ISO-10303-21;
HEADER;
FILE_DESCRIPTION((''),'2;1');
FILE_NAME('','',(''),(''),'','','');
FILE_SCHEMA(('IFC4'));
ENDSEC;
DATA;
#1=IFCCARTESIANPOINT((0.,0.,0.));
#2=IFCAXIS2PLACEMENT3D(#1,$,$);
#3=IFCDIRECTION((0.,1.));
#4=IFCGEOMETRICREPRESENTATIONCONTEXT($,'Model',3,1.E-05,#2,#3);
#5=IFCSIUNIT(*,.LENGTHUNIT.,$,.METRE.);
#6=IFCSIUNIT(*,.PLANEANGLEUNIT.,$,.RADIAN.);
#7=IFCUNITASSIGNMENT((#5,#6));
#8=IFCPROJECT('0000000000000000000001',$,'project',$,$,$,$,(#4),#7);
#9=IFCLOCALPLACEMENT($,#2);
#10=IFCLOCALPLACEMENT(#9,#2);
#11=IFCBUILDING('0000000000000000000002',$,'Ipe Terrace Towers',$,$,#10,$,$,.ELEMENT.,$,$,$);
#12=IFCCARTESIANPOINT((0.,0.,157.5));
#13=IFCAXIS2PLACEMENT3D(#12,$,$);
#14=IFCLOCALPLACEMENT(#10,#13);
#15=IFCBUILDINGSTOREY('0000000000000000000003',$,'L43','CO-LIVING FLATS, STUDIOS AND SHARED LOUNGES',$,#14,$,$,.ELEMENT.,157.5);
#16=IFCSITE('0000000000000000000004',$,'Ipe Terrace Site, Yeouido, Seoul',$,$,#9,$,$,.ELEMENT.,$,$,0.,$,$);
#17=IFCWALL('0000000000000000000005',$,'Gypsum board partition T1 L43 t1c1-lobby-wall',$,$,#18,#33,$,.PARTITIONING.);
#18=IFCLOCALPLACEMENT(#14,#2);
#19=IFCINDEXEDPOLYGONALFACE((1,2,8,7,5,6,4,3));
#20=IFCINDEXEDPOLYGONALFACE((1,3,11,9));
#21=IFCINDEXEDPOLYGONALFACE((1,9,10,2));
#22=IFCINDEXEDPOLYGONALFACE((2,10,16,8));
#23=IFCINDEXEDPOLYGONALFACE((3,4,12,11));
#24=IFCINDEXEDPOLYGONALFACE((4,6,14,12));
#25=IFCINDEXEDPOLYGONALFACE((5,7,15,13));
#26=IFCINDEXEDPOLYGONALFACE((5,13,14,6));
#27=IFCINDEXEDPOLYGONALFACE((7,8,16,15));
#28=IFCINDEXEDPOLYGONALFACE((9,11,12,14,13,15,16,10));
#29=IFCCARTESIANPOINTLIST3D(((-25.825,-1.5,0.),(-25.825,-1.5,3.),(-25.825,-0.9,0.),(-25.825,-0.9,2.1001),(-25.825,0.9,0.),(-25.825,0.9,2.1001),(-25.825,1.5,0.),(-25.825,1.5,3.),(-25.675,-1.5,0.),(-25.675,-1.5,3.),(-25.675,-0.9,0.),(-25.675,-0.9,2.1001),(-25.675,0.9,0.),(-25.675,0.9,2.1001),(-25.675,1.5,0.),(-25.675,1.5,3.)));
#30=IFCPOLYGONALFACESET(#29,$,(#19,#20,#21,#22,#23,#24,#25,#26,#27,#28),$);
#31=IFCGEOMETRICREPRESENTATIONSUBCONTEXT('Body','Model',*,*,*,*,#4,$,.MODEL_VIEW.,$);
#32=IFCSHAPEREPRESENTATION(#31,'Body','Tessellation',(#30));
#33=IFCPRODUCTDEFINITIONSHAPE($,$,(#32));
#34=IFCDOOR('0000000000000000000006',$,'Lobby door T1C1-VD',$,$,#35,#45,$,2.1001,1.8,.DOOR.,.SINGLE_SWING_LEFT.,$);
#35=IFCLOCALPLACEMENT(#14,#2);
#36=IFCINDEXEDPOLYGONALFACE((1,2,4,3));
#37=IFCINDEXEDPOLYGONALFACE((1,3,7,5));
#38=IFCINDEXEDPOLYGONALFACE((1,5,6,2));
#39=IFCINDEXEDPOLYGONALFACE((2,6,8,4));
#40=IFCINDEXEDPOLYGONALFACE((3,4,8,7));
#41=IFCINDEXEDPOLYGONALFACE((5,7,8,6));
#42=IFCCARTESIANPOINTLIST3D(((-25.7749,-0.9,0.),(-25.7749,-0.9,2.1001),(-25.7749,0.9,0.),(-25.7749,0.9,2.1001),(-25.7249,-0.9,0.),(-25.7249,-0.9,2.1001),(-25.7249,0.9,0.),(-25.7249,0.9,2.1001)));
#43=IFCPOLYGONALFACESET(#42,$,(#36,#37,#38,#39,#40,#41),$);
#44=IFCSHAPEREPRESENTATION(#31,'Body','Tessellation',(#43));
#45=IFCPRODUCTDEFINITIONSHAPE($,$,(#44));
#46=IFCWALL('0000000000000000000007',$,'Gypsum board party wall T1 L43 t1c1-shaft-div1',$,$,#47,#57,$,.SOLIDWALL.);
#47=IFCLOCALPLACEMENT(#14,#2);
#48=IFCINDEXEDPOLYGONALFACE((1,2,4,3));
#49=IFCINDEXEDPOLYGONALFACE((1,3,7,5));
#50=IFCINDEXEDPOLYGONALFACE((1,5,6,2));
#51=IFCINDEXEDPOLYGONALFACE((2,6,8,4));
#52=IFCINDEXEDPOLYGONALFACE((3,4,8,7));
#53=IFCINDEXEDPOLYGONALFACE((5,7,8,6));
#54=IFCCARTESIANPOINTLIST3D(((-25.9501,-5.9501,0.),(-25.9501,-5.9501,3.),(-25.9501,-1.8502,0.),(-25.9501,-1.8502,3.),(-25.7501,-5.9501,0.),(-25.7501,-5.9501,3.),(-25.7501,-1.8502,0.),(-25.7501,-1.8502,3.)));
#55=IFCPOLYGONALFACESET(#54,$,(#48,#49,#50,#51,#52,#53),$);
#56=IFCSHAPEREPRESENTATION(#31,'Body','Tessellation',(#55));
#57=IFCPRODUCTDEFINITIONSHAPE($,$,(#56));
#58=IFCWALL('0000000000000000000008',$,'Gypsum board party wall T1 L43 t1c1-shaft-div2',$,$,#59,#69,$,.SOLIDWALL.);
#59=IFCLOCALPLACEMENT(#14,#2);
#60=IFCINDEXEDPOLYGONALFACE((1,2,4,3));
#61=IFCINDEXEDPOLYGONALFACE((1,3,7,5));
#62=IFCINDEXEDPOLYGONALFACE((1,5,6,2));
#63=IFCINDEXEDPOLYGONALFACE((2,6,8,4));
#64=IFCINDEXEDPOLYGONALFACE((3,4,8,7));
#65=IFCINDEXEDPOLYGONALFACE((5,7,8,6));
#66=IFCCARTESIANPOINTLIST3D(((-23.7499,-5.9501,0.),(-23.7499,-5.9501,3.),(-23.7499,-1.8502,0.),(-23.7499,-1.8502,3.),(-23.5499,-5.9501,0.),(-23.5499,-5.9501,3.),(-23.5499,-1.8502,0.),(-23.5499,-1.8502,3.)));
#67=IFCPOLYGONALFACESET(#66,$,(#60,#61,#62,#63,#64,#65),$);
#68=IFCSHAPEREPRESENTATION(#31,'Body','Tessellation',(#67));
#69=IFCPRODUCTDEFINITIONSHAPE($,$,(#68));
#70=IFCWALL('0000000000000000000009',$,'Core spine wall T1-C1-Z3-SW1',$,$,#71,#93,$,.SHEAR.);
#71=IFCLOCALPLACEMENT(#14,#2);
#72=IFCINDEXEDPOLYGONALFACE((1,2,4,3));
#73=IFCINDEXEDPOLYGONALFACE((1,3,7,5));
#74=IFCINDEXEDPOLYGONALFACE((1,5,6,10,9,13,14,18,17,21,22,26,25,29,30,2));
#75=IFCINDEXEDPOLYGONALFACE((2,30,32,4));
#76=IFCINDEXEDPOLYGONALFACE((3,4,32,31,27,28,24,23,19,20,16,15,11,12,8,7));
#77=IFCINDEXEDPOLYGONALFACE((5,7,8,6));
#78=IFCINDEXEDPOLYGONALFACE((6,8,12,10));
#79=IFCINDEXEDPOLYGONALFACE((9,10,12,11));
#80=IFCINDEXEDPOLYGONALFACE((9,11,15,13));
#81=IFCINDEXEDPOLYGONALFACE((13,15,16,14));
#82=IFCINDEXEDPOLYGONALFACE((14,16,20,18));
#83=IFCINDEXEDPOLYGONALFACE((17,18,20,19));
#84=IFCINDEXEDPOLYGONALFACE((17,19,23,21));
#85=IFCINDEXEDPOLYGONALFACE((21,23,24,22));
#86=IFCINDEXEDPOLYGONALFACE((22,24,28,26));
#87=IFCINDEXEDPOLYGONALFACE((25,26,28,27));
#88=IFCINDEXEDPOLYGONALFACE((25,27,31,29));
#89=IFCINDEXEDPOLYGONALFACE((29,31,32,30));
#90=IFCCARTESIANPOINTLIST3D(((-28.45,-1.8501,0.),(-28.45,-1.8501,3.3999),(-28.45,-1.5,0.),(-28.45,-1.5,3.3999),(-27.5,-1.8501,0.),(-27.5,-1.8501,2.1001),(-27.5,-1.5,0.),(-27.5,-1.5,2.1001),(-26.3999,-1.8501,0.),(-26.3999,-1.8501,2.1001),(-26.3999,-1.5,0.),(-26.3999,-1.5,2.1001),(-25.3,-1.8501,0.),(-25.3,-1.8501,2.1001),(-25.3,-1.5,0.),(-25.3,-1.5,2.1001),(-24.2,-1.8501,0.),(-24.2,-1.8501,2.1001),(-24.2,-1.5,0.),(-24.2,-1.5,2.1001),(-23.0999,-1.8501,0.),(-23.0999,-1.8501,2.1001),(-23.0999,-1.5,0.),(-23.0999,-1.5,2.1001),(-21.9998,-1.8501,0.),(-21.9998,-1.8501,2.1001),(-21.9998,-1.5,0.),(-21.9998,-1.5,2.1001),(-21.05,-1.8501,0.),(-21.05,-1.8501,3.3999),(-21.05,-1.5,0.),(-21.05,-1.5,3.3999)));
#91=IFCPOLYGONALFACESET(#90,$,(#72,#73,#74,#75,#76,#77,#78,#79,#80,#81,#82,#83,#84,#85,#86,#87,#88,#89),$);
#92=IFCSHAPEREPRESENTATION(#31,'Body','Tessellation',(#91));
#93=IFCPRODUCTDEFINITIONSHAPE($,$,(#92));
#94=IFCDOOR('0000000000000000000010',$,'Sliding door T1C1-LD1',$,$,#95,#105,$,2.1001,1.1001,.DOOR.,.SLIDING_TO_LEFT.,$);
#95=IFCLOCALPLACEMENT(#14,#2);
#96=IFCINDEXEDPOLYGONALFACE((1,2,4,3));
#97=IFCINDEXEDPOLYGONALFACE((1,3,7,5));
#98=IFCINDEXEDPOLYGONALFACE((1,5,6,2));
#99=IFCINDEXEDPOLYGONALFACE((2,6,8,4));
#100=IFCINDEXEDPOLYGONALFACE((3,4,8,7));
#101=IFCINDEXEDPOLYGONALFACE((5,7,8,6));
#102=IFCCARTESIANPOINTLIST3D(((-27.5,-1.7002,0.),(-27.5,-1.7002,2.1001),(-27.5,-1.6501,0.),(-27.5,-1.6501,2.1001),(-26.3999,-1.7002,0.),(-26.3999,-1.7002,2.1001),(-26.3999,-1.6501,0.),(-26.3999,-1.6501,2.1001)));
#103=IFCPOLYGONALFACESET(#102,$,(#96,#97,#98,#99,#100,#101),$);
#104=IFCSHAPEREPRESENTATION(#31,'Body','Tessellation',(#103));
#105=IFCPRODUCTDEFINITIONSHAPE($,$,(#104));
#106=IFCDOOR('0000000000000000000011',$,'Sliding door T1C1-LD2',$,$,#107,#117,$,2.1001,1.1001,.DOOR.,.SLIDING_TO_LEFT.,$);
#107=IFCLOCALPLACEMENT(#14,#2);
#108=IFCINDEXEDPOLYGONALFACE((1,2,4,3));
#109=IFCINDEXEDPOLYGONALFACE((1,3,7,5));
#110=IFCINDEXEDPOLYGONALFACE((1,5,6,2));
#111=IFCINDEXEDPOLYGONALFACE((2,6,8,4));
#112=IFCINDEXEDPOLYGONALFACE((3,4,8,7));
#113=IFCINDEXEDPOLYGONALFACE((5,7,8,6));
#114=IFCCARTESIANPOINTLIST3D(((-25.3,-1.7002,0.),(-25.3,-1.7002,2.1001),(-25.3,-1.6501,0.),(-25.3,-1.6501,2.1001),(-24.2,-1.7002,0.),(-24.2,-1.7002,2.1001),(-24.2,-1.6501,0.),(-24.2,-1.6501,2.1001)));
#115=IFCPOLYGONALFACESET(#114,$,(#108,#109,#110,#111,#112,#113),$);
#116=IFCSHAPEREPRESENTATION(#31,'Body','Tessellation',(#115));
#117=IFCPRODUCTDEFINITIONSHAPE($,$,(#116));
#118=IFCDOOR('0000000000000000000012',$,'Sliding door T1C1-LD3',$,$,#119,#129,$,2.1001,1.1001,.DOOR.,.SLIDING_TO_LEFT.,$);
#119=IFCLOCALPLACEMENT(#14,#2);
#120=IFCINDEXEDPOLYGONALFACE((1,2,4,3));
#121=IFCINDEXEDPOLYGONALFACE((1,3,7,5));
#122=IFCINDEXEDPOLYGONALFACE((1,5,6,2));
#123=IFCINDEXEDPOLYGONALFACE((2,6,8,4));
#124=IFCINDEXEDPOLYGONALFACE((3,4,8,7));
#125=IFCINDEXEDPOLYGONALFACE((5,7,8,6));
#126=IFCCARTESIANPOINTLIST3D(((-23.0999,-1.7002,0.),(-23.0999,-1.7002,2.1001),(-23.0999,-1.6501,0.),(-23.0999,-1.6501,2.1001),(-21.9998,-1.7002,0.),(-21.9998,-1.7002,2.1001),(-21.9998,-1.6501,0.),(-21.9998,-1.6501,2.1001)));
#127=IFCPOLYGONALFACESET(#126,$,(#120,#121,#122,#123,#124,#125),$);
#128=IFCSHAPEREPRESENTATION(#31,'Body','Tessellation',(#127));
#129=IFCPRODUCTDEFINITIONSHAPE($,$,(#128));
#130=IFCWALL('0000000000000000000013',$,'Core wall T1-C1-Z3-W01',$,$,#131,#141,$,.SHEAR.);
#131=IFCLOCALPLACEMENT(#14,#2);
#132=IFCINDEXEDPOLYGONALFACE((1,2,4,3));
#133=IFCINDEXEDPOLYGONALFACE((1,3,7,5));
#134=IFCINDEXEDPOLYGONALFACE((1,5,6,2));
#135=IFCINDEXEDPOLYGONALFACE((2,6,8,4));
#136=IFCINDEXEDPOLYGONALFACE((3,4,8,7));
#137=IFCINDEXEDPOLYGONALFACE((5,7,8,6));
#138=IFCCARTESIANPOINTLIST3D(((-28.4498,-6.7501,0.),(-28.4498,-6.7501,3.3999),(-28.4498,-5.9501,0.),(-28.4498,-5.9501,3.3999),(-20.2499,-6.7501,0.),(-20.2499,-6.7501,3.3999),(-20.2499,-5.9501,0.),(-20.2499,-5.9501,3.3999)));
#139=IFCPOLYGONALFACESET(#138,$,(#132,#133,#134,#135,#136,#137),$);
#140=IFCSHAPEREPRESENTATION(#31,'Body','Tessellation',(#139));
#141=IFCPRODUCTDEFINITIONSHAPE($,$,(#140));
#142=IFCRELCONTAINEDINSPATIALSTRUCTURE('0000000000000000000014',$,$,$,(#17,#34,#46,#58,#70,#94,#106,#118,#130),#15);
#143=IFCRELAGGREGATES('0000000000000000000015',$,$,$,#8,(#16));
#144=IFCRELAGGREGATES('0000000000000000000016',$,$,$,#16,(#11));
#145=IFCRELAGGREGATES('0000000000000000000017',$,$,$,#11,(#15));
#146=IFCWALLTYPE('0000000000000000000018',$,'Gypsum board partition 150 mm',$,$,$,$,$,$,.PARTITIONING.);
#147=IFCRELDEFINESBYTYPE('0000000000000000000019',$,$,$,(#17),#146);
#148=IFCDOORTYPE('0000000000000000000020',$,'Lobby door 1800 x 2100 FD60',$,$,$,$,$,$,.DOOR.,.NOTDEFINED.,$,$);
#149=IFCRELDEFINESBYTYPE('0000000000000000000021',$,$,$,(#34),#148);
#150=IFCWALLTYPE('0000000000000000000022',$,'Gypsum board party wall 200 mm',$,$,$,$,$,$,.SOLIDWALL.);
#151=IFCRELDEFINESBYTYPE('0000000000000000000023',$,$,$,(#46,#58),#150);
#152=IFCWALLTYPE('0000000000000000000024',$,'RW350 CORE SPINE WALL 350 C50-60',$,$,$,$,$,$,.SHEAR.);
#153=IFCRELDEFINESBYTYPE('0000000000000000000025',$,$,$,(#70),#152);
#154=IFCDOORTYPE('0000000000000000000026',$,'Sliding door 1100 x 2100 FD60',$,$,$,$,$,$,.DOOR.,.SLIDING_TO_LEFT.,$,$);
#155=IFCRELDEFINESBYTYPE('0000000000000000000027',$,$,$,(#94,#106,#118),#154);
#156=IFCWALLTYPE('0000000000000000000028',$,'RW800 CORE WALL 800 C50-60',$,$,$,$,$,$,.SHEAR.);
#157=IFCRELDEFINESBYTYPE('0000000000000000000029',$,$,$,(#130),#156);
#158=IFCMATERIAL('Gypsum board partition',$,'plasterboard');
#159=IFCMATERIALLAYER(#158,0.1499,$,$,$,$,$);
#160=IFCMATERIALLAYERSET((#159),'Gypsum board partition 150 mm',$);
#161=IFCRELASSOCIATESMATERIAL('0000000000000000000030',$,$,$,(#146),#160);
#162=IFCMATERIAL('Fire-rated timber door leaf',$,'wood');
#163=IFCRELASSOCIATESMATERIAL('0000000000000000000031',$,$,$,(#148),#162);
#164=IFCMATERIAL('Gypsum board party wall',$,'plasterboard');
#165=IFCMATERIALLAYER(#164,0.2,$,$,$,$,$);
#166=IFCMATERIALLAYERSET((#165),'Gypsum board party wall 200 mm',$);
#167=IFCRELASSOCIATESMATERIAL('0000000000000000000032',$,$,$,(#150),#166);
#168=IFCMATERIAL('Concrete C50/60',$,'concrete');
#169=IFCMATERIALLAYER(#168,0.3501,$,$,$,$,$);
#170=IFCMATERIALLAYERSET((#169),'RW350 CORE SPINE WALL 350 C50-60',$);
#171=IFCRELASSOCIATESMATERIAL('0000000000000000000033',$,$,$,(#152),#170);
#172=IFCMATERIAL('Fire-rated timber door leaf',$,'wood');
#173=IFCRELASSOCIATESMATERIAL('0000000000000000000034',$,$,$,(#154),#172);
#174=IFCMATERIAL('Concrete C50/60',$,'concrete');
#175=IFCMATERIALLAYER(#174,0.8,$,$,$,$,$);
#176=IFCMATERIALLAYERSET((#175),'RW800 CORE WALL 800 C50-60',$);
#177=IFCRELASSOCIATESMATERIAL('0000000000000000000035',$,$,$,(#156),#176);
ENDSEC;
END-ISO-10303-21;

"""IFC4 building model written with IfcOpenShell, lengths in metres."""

from ifc_helpers import new_model, si_unit, direction, frame, frame_2d, origin, place, context, subcontext, project, spatial, rectangle, extrude, material, layer, layer_set, type_object, element, fill, save


model = new_model("IFC4")

# Units and contexts
model_context = context("Model", 3, precision=1e-05, world=origin(), true_north=direction((0.0, 1.0)))
body_context = subcontext(model_context, "Body", "Model", "MODEL_VIEW")
ifc_project = project(units=[si_unit("LENGTHUNIT", "METRE"), si_unit("PLANEANGLEUNIT", "RADIAN")], contexts=[model_context])

# Site, building, storey
site_placement = place(None, origin())
site = spatial("IfcSite", under=ifc_project, at=site_placement, Name="Ipe Terrace Site, Yeouido, Seoul", CompositionType="ELEMENT", RefElevation=0.0)
building_placement = place(site_placement, origin())
building = spatial("IfcBuilding", under=site, at=building_placement, Name="Ipe Terrace Towers", CompositionType="ELEMENT")
storey_placement = place(building_placement, frame((0.0, 0.0, 157.5)))
storey = spatial("IfcBuildingStorey", under=building, at=storey_placement, Name="L43", Description="CO-LIVING FLATS, STUDIOS AND SHARED LOUNGES", CompositionType="ELEMENT", Elevation=157.5)

# Wall, opening, door
ifc_material_1 = material(Name="Gypsum board partition", Category="plasterboard")
ifc_layer_1 = layer(ifc_material_1, 0.1499)
ifc_layer_set_1 = layer_set([ifc_layer_1], Name="Gypsum board partition 150 mm")
wall_type_1 = type_object("IfcWallType", Name="Gypsum board partition 150 mm", PredefinedType="PARTITIONING", material=ifc_layer_set_1)
wall_1_placement = place(storey_placement, frame((-25.75, -1.5, 0.0), z_axis=(0.0, 0.0, 1.0), x_axis=(0.0, 1.0, 0.0)))
wall_1 = element("IfcWall", 1, at=wall_1_placement, inside=storey, type_object=wall_type_1, Name="Gypsum board partition T1 L43 t1c1-lobby-wall", PredefinedType="PARTITIONING", context=body_context, shape_type="SweptSolid", body=[
    extrude(rectangle(XDim=3.0, YDim=0.1499, at=frame_2d((1.5, 0.0))), origin(), (0.0, 0.0, 1.0), 3.0),
])
opening_1_placement = place(wall_1_placement, frame((0.6001, 0.0, 0.0)))
opening_1 = element("IfcOpeningElement", 2, at=opening_1_placement, cuts=wall_1, PredefinedType="OPENING", context=body_context, shape_type="SweptSolid", body=[
    extrude(rectangle(XDim=1.8, YDim=2.1001, at=frame_2d((0.8999, 1.05))), frame((0.0, 0.085, 0.0), z_axis=(0.0, -1.0, 0.0), x_axis=(1.0, 0.0, 0.0)), (0.0, 0.0, 1.0), 0.1699),
])
ifc_material_2 = material(Name="Fire-rated timber door leaf", Category="wood")
door_type_1 = type_object("IfcDoorType", Name="Lobby door 1800 x 2100 FD60", OperationType="NOTDEFINED", PredefinedType="DOOR", material=ifc_material_2)
door_1_placement = place(opening_1_placement, origin())
door_1 = element("IfcDoor", 3, at=door_1_placement, inside=storey, type_object=door_type_1, Name="Lobby door T1C1-VD", OperationType="SINGLE_SWING_LEFT", OverallHeight=2.1001, OverallWidth=1.8, PredefinedType="DOOR", context=body_context, shape_type="SweptSolid", body=[
    extrude(rectangle(XDim=1.8, YDim=2.1001, at=frame_2d((0.8999, 1.05))), frame((0.0, 0.0249, 0.0), z_axis=(0.0, -1.0, 0.0), x_axis=(1.0, 0.0, 0.0)), (0.0, 0.0, 1.0), 0.05),
])
fill(opening_1, door_1)

# Walls
ifc_material_3 = material(Name="Gypsum board party wall", Category="plasterboard")
ifc_layer_2 = layer(ifc_material_3, 0.2)
ifc_layer_set_2 = layer_set([ifc_layer_2], Name="Gypsum board party wall 200 mm")
wall_type_2 = type_object("IfcWallType", Name="Gypsum board party wall 200 mm", PredefinedType="SOLIDWALL", material=ifc_layer_set_2)
for number, where, z_axis, x_axis, name in (
    (4, (-25.8501, -5.95, 0.0), (0.0, 0.0, 1.0), (0.0, 1.0, 0.0), "Gypsum board party wall T1 L43 t1c1-shaft-div1"),
    (5, (-23.6499, -5.95, 0.0), (0.0, 0.0, 1.0), (0.0, 1.0, 0.0), "Gypsum board party wall T1 L43 t1c1-shaft-div2"),
):
    element("IfcWall", number, at=place(storey_placement, frame(where, z_axis=z_axis, x_axis=x_axis)), inside=storey, type_object=wall_type_2, Name=name, PredefinedType="SOLIDWALL", context=body_context, shape_type="SweptSolid", body=[
        extrude(rectangle(XDim=4.0999, YDim=0.2, at=frame_2d((2.0498, 0.0))), origin(), (0.0, 0.0, 1.0), 3.0),
    ])

# Wall, openings, doors
ifc_material_4 = material(Name="Concrete C50/60", Category="concrete")
ifc_layer_3 = layer(ifc_material_4, 0.3501)
ifc_layer_set_3 = layer_set([ifc_layer_3], Name="RW350 CORE SPINE WALL 350 C50-60")
wall_type_3 = type_object("IfcWallType", Name="RW350 CORE SPINE WALL 350 C50-60", PredefinedType="SHEAR", material=ifc_layer_set_3)
wall_2_placement = place(storey_placement, frame((-28.45, -1.675, 0.0), z_axis=(0.0, 0.0, 1.0), x_axis=(1.0, 0.0, 0.0)))
wall_2 = element("IfcWall", 6, at=wall_2_placement, inside=storey, type_object=wall_type_3, Name="Core spine wall T1-C1-Z3-SW1", PredefinedType="SHEAR", context=body_context, shape_type="SweptSolid", body=[
    extrude(rectangle(XDim=7.3999, YDim=0.3501, at=frame_2d((3.7, 0.0))), origin(), (0.0, 0.0, 1.0), 3.3999),
])
opening_2_placement = place(wall_2_placement, frame((0.95, 0.0, 0.0)))
opening_2 = element("IfcOpeningElement", 7, at=opening_2_placement, cuts=wall_2, PredefinedType="OPENING", context=body_context, shape_type="SweptSolid", body=[
    extrude(rectangle(XDim=1.1001, YDim=2.1001, at=frame_2d((0.55, 1.05))), frame((0.0, 0.1851, 0.0), z_axis=(0.0, -1.0, 0.0), x_axis=(1.0, 0.0, 0.0)), (0.0, 0.0, 1.0), 0.3701),
])
opening_3_placement = place(wall_2_placement, frame((3.1499, 0.0, 0.0)))
opening_3 = element("IfcOpeningElement", 8, at=opening_3_placement, cuts=wall_2, PredefinedType="OPENING", context=body_context, shape_type="SweptSolid", body=[
    extrude(rectangle(XDim=1.1001, YDim=2.1001, at=frame_2d((0.55, 1.05))), frame((0.0, 0.1851, 0.0), z_axis=(0.0, -1.0, 0.0), x_axis=(1.0, 0.0, 0.0)), (0.0, 0.0, 1.0), 0.3701),
])
opening_4_placement = place(wall_2_placement, frame((5.3501, 0.0, 0.0)))
opening_4 = element("IfcOpeningElement", 9, at=opening_4_placement, cuts=wall_2, PredefinedType="OPENING", context=body_context, shape_type="SweptSolid", body=[
    extrude(rectangle(XDim=1.1001, YDim=2.1001, at=frame_2d((0.55, 1.05))), frame((0.0, 0.1851, 0.0), z_axis=(0.0, -1.0, 0.0), x_axis=(1.0, 0.0, 0.0)), (0.0, 0.0, 1.0), 0.3701),
])
ifc_material_5 = material(Name="Fire-rated timber door leaf", Category="wood")
door_type_2 = type_object("IfcDoorType", Name="Sliding door 1100 x 2100 FD60", OperationType="SLIDING_TO_LEFT", PredefinedType="DOOR", material=ifc_material_5)
door_2_placement = place(opening_2_placement, origin())
door_2 = element("IfcDoor", 10, at=door_2_placement, inside=storey, type_object=door_type_2, Name="Sliding door T1C1-LD1", OperationType="SLIDING_TO_LEFT", OverallHeight=2.1001, OverallWidth=1.1001, PredefinedType="DOOR", context=body_context, shape_type="SweptSolid", body=[
    extrude(rectangle(XDim=1.1001, YDim=2.1001, at=frame_2d((0.55, 1.05))), frame((0.0, 0.0249, 0.0), z_axis=(0.0, -1.0, 0.0), x_axis=(1.0, 0.0, 0.0)), (0.0, 0.0, 1.0), 0.05),
])
fill(opening_2, door_2)
door_3_placement = place(opening_3_placement, origin())
door_3 = element("IfcDoor", 11, at=door_3_placement, inside=storey, type_object=door_type_2, Name="Sliding door T1C1-LD2", OperationType="SLIDING_TO_LEFT", OverallHeight=2.1001, OverallWidth=1.1001, PredefinedType="DOOR", context=body_context, shape_type="SweptSolid", body=[
    extrude(rectangle(XDim=1.1001, YDim=2.1001, at=frame_2d((0.55, 1.05))), frame((0.0, 0.0249, 0.0), z_axis=(0.0, -1.0, 0.0), x_axis=(1.0, 0.0, 0.0)), (0.0, 0.0, 1.0), 0.05),
])
fill(opening_3, door_3)
door_4_placement = place(opening_4_placement, origin())
door_4 = element("IfcDoor", 12, at=door_4_placement, inside=storey, type_object=door_type_2, Name="Sliding door T1C1-LD3", OperationType="SLIDING_TO_LEFT", OverallHeight=2.1001, OverallWidth=1.1001, PredefinedType="DOOR", context=body_context, shape_type="SweptSolid", body=[
    extrude(rectangle(XDim=1.1001, YDim=2.1001, at=frame_2d((0.55, 1.05))), frame((0.0, 0.0249, 0.0), z_axis=(0.0, -1.0, 0.0), x_axis=(1.0, 0.0, 0.0)), (0.0, 0.0, 1.0), 0.05),
])
fill(opening_4, door_4)

# Wall
ifc_material_6 = material(Name="Concrete C50/60", Category="concrete")
ifc_layer_4 = layer(ifc_material_6, 0.8)
ifc_layer_set_4 = layer_set([ifc_layer_4], Name="RW800 CORE WALL 800 C50-60")
wall_type_4 = type_object("IfcWallType", Name="RW800 CORE WALL 800 C50-60", PredefinedType="SHEAR", material=ifc_layer_set_4)
wall_3_placement = place(storey_placement, frame((-28.45, -6.3501, 0.0), z_axis=(0.0, 0.0, 1.0), x_axis=(1.0, 0.0, 0.0)))
element("IfcWall", 13, at=wall_3_placement, inside=storey, type_object=wall_type_4, Name="Core wall T1-C1-Z3-W01", PredefinedType="SHEAR", context=body_context, shape_type="SweptSolid", body=[
    extrude(rectangle(XDim=8.2, YDim=0.8, at=frame_2d((4.1001, 0.0))), origin(), (0.0, 0.0, 1.0), 3.3999),
])

save(model, "model.ifc")
